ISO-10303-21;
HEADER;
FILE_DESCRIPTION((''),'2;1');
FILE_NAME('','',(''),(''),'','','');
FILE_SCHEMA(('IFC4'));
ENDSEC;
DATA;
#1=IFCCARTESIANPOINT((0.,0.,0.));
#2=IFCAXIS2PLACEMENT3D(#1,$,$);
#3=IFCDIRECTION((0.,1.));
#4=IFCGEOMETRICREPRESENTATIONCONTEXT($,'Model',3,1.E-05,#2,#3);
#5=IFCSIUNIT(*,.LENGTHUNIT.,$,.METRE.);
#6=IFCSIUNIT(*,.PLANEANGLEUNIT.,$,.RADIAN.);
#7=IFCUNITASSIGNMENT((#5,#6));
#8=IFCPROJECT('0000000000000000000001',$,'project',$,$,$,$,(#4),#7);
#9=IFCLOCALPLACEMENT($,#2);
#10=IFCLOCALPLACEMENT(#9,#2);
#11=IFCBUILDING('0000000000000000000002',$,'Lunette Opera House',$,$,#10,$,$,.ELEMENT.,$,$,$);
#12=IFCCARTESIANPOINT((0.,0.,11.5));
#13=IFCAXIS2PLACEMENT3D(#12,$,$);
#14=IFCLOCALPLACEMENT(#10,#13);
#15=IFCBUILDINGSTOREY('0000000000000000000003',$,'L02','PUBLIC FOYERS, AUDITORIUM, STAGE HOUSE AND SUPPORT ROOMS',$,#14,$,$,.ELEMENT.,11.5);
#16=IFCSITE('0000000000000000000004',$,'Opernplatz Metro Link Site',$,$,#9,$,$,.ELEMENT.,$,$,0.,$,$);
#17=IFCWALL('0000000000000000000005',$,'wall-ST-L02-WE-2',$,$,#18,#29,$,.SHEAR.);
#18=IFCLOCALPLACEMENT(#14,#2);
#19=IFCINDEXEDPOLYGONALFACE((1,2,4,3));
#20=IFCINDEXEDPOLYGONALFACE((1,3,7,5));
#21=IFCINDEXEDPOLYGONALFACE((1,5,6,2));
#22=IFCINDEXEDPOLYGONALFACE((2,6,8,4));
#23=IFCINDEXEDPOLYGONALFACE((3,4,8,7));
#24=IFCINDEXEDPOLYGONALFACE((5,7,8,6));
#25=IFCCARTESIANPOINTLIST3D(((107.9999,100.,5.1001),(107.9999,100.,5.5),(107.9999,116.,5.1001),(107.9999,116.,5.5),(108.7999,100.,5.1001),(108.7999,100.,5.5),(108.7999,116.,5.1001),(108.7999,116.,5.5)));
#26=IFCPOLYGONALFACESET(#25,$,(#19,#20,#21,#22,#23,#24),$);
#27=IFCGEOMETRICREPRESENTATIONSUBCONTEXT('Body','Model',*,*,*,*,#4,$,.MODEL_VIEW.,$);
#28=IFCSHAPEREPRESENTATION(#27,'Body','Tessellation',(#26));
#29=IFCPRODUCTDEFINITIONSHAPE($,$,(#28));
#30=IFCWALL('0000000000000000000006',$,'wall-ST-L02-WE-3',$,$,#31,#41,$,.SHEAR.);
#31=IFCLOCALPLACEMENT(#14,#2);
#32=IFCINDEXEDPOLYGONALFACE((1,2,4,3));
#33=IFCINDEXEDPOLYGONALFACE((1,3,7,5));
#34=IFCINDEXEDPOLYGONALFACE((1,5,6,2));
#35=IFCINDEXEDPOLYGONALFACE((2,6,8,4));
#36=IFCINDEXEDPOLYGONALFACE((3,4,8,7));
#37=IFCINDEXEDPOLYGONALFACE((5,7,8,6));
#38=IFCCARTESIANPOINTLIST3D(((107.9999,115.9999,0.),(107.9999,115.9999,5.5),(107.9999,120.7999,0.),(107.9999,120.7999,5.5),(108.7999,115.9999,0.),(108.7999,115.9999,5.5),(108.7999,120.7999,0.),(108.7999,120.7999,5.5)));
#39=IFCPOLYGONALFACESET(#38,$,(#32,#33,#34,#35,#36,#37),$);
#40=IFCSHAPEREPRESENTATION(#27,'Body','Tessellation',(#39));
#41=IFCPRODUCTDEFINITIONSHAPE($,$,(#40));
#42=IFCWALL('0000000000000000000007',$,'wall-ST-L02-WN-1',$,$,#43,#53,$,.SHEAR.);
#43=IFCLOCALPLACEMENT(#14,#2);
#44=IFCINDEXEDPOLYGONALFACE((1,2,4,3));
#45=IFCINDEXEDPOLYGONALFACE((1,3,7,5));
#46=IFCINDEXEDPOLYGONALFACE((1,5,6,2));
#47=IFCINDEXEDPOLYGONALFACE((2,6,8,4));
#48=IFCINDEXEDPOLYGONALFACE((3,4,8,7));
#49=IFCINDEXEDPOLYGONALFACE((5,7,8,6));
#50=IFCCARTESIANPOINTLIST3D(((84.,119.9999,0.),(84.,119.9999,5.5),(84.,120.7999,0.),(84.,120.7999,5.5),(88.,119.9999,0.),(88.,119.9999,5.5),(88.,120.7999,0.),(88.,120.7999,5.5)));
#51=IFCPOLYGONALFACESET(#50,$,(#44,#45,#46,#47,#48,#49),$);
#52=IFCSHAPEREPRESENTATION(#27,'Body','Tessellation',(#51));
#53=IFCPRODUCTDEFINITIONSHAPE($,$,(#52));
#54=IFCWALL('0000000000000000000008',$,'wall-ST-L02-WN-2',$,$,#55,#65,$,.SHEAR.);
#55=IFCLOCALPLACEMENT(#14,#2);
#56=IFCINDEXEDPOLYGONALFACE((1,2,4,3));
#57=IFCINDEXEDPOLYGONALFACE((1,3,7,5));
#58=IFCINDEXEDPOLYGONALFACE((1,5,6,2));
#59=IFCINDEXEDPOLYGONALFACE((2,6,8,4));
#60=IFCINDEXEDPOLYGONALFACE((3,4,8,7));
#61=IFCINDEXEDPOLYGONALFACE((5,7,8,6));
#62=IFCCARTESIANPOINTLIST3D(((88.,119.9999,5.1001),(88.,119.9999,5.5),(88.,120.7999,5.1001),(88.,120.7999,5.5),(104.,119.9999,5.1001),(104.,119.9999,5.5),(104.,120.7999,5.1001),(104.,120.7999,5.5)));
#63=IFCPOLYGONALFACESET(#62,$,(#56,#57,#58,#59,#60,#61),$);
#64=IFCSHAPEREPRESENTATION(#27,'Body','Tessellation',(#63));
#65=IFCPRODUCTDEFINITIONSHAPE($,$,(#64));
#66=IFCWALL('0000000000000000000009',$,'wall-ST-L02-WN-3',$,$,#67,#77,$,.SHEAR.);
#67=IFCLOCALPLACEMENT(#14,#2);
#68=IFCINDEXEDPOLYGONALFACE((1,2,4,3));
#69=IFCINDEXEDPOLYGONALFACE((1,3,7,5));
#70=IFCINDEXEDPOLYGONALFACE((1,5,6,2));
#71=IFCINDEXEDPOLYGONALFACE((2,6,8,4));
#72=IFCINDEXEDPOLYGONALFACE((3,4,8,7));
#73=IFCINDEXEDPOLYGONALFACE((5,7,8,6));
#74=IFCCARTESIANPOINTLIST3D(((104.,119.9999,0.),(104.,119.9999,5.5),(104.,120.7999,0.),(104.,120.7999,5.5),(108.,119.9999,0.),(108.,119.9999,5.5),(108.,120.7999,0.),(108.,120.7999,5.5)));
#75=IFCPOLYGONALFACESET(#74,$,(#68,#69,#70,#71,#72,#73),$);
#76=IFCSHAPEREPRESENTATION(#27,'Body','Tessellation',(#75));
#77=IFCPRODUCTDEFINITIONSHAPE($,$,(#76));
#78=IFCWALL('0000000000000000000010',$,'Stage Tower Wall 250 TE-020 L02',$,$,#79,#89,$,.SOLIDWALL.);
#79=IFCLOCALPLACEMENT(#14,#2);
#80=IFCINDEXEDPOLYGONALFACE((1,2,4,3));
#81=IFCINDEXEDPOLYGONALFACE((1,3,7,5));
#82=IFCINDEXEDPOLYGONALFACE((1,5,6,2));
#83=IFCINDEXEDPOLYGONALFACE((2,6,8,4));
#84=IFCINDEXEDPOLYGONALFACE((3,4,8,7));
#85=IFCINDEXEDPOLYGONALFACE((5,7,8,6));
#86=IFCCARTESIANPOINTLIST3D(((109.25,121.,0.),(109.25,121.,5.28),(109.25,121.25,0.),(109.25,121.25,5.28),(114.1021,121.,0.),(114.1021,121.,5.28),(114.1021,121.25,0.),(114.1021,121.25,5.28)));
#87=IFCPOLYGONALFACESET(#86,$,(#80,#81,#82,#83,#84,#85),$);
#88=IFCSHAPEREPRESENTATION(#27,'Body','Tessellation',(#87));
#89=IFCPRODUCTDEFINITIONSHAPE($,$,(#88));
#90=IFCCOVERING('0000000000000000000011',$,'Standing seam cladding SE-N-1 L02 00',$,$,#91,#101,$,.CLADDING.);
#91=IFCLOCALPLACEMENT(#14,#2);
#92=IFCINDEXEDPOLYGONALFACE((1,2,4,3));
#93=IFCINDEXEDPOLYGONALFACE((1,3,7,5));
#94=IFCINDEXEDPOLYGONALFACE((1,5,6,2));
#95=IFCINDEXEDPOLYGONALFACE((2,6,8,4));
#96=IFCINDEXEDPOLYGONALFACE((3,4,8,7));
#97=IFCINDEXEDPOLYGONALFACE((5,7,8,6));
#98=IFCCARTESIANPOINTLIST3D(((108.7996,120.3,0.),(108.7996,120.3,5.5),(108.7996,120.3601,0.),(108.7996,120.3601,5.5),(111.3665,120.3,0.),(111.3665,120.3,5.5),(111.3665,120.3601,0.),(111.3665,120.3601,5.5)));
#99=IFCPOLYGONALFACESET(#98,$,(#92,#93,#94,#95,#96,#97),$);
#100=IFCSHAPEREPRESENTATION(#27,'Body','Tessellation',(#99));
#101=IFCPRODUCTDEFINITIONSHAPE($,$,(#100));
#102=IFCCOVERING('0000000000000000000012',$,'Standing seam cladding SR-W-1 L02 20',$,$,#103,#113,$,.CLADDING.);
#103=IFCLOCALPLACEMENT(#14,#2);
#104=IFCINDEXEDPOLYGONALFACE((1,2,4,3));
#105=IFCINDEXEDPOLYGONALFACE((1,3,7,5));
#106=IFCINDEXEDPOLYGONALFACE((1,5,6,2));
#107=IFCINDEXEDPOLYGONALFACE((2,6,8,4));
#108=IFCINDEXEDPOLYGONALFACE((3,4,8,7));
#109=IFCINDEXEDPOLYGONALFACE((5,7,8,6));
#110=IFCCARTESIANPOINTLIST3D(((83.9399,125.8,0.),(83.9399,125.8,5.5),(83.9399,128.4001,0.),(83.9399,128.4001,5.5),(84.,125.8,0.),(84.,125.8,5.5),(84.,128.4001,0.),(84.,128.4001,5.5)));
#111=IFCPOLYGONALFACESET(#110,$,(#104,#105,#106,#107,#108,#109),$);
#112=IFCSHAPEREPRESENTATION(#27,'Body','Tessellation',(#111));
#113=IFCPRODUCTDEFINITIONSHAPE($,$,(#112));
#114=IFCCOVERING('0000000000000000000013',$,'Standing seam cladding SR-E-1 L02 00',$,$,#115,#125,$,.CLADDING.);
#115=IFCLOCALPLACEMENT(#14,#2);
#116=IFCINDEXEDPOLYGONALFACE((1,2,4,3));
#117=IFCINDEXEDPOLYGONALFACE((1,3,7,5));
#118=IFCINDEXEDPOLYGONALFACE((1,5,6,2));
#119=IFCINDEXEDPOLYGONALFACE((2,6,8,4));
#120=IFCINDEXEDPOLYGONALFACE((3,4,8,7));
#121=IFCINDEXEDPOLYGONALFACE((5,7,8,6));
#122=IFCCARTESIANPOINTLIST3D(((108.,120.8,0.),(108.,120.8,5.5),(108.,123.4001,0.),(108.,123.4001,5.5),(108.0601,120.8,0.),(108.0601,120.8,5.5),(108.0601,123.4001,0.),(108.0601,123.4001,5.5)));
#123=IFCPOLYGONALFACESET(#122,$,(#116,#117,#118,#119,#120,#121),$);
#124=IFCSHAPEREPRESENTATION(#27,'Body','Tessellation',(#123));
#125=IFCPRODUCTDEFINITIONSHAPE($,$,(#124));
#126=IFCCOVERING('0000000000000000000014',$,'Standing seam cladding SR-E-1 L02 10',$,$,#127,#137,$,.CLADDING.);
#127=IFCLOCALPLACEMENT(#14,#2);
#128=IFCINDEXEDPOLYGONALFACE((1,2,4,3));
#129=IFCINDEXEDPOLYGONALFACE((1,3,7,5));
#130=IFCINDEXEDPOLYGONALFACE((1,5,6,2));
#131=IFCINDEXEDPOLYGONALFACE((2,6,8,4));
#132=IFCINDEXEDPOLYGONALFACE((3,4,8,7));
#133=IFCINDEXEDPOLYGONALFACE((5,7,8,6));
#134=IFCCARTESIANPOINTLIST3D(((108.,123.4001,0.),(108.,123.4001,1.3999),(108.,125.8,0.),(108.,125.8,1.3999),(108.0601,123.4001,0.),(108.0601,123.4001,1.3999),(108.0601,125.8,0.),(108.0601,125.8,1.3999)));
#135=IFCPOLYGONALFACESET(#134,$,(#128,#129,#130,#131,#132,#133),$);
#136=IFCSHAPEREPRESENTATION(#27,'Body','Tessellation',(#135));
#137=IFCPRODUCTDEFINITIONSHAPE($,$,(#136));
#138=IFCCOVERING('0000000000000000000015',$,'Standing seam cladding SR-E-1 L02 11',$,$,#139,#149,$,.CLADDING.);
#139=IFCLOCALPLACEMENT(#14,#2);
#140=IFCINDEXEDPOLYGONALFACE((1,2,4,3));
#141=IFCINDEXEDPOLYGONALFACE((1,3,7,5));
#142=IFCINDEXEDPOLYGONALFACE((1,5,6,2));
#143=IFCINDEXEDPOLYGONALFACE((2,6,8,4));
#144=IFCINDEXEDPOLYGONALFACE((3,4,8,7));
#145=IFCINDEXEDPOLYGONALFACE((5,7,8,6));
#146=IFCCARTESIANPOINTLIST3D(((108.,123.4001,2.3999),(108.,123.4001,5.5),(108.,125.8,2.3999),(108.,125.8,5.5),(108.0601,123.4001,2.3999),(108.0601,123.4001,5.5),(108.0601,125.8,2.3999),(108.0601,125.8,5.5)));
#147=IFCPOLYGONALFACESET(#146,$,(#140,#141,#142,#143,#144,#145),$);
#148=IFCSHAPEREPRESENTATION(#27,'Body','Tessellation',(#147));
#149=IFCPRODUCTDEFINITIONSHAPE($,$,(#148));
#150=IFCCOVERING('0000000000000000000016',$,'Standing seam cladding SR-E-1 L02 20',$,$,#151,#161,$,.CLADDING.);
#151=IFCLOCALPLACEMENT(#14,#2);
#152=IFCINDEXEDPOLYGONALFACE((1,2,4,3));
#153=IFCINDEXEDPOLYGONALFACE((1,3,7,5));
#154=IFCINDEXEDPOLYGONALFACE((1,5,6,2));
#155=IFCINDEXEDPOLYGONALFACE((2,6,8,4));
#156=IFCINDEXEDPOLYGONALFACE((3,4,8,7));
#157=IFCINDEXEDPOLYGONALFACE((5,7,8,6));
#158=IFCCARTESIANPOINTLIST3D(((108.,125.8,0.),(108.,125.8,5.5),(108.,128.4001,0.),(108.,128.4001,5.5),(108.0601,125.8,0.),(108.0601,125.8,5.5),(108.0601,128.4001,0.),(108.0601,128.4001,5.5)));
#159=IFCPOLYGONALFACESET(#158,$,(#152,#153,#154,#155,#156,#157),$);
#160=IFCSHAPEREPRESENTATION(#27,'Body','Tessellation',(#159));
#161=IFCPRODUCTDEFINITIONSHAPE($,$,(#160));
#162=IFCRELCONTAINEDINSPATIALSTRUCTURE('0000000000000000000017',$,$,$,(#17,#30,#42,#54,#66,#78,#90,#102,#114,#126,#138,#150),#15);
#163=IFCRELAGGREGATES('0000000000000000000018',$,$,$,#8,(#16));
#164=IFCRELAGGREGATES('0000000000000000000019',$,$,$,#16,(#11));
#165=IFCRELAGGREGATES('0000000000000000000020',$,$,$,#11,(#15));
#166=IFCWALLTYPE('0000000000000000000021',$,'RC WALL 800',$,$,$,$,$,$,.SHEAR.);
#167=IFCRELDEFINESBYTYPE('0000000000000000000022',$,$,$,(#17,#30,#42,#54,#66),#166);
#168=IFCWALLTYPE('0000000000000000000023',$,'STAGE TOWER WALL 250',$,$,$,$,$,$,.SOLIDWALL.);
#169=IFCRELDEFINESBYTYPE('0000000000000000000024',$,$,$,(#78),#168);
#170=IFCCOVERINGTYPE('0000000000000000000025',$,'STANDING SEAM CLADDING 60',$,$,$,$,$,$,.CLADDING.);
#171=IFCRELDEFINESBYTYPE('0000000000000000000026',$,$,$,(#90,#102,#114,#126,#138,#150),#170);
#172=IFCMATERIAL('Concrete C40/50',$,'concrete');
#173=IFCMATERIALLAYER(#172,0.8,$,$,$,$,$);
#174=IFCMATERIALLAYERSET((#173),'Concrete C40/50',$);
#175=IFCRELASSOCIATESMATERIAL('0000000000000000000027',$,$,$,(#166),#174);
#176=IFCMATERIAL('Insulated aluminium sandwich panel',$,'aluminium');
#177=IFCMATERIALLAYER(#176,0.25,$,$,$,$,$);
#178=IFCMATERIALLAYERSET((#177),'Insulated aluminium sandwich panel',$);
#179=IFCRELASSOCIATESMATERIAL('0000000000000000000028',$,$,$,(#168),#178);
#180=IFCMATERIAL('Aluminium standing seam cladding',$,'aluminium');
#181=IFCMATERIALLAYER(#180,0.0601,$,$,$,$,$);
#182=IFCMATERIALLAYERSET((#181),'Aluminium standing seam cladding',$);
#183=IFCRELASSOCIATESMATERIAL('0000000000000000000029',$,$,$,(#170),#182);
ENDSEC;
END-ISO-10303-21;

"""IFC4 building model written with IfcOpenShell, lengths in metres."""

from ifc_helpers import new_model, si_unit, direction, frame, frame_2d, origin, origin_2d, place, context, subcontext, project, spatial, rectangle, extrude, material, layer, layer_set, type_object, element, save


model = new_model("IFC4")

# Units and contexts
model_context = context("Model", 3, precision=1e-05, world=origin(), true_north=direction((0.0, 1.0)))
body_context = subcontext(model_context, "Body", "Model", "MODEL_VIEW")
ifc_project = project(units=[si_unit("LENGTHUNIT", "METRE"), si_unit("PLANEANGLEUNIT", "RADIAN")], contexts=[model_context])

# Site, building, storey
site_placement = place(None, origin())
site = spatial("IfcSite", under=ifc_project, at=site_placement, Name="Opernplatz Metro Link Site", CompositionType="ELEMENT", RefElevation=0.0)
building_placement = place(site_placement, origin())
building = spatial("IfcBuilding", under=site, at=building_placement, Name="Lunette Opera House", CompositionType="ELEMENT")
storey_placement = place(building_placement, frame((0.0, 0.0, 11.5)))
storey = spatial("IfcBuildingStorey", under=building, at=storey_placement, Name="L02", Description="PUBLIC FOYERS, AUDITORIUM, STAGE HOUSE AND SUPPORT ROOMS", CompositionType="ELEMENT", Elevation=11.5)

# Walls
ifc_material_1 = material(Name="Concrete C40/50", Category="concrete")
ifc_layer_1 = layer(ifc_material_1, 0.8)
ifc_layer_set_1 = layer_set([ifc_layer_1], Name="Concrete C40/50")
wall_type_1 = type_object("IfcWallType", Name="RC WALL 800", PredefinedType="SHEAR", material=ifc_layer_set_1)
wall_1_placement = place(storey_placement, frame((108.3999, 100.0, 5.1001), z_axis=(0.0, 0.0, 1.0), x_axis=(0.0, 1.0, 0.0)))
element("IfcWall", 1, at=wall_1_placement, inside=storey, type_object=wall_type_1, Name="wall-ST-L02-WE-2", PredefinedType="SHEAR", context=body_context, shape_type="SweptSolid", body=[
    extrude(rectangle(XDim=16.0, YDim=0.8, at=frame_2d((8.0, 0.0))), origin(), (0.0, 0.0, 1.0), 0.3999),
])
wall_2_placement = place(storey_placement, frame((108.3999, 116.0, 0.0), z_axis=(0.0, 0.0, 1.0), x_axis=(0.0, 1.0, 0.0)))
element("IfcWall", 2, at=wall_2_placement, inside=storey, type_object=wall_type_1, Name="wall-ST-L02-WE-3", PredefinedType="SHEAR", context=body_context, shape_type="SweptSolid", body=[
    extrude(rectangle(XDim=4.8, YDim=0.8, at=frame_2d((2.3999, 0.0))), origin(), (0.0, 0.0, 1.0), 5.5),
])
wall_3_placement = place(storey_placement, frame((84.0, 120.3999, 0.0), z_axis=(0.0, 0.0, 1.0), x_axis=(1.0, 0.0, 0.0)))
element("IfcWall", 3, at=wall_3_placement, inside=storey, type_object=wall_type_1, Name="wall-ST-L02-WN-1", PredefinedType="SHEAR", context=body_context, shape_type="SweptSolid", body=[
    extrude(rectangle(XDim=4.0, YDim=0.8, at=frame_2d((2.0, 0.0))), origin(), (0.0, 0.0, 1.0), 5.5),
])
wall_4_placement = place(storey_placement, frame((88.0, 120.3999, 5.1001), z_axis=(0.0, 0.0, 1.0), x_axis=(1.0, 0.0, 0.0)))
element("IfcWall", 4, at=wall_4_placement, inside=storey, type_object=wall_type_1, Name="wall-ST-L02-WN-2", PredefinedType="SHEAR", context=body_context, shape_type="SweptSolid", body=[
    extrude(rectangle(XDim=16.0, YDim=0.8, at=frame_2d((8.0, 0.0))), origin(), (0.0, 0.0, 1.0), 0.3999),
])
wall_5_placement = place(storey_placement, frame((104.0, 120.3999, 0.0), z_axis=(0.0, 0.0, 1.0), x_axis=(1.0, 0.0, 0.0)))
element("IfcWall", 5, at=wall_5_placement, inside=storey, type_object=wall_type_1, Name="wall-ST-L02-WN-3", PredefinedType="SHEAR", context=body_context, shape_type="SweptSolid", body=[
    extrude(rectangle(XDim=4.0, YDim=0.8, at=frame_2d((2.0, 0.0))), origin(), (0.0, 0.0, 1.0), 5.5),
])
ifc_material_2 = material(Name="Insulated aluminium sandwich panel", Category="aluminium")
ifc_layer_2 = layer(ifc_material_2, 0.25)
ifc_layer_set_2 = layer_set([ifc_layer_2], Name="Insulated aluminium sandwich panel")
wall_type_2 = type_object("IfcWallType", Name="STAGE TOWER WALL 250", PredefinedType="SOLIDWALL", material=ifc_layer_set_2)
wall_6_placement = place(storey_placement, frame((109.25, 121.125, 0.0), z_axis=(0.0, 0.0, 1.0), x_axis=(1.0, 0.0, 0.0)))
element("IfcWall", 6, at=wall_6_placement, inside=storey, type_object=wall_type_2, Name="Stage Tower Wall 250 TE-020 L02", PredefinedType="SOLIDWALL", context=body_context, shape_type="SweptSolid", body=[
    extrude(rectangle(XDim=4.8521, YDim=0.25, at=frame_2d((2.426, 0.0))), origin(), (0.0, 0.0, 1.0), 5.28),
])

# Coverings
ifc_material_3 = material(Name="Aluminium standing seam cladding", Category="aluminium")
ifc_layer_3 = layer(ifc_material_3, 0.0601)
ifc_layer_set_3 = layer_set([ifc_layer_3], Name="Aluminium standing seam cladding")
covering_type = type_object("IfcCoveringType", Name="STANDING SEAM CLADDING 60", PredefinedType="CLADDING", material=ifc_layer_set_3)
covering_1_placement = place(storey_placement, frame((110.083, 120.3301, 0.0), z_axis=(0.0, 0.0, 1.0), x_axis=(1.0, 0.0, 0.0)))
element("IfcCovering", 7, at=covering_1_placement, inside=storey, type_object=covering_type, Name="Standing seam cladding SE-N-1 L02 00", PredefinedType="CLADDING", context=body_context, shape_type="SweptSolid", body=[
    extrude(rectangle(XDim=2.5669, YDim=0.0601, at=origin_2d()), origin(), (0.0, 0.0, 1.0), 5.5),
])
for number, where, z_axis, x_axis, name in (
    (8, (83.97, 127.1001, 0.0), (0.0, 0.0, 1.0), (0.0, 1.0, 0.0), "Standing seam cladding SR-W-1 L02 20"),
    (9, (108.03, 122.1001, 0.0), (0.0, 0.0, 1.0), (0.0, 1.0, 0.0), "Standing seam cladding SR-E-1 L02 00"),
):
    element("IfcCovering", number, at=place(storey_placement, frame(where, z_axis=z_axis, x_axis=x_axis)), inside=storey, type_object=covering_type, Name=name, PredefinedType="CLADDING", context=body_context, shape_type="SweptSolid", body=[
        extrude(rectangle(XDim=2.6001, YDim=0.0601, at=origin_2d()), origin(), (0.0, 0.0, 1.0), 5.5),
    ])
covering_2_placement = place(storey_placement, frame((108.03, 124.6001, 0.0), z_axis=(0.0, 0.0, 1.0), x_axis=(0.0, 1.0, 0.0)))
element("IfcCovering", 10, at=covering_2_placement, inside=storey, type_object=covering_type, Name="Standing seam cladding SR-E-1 L02 10", PredefinedType="CLADDING", context=body_context, shape_type="SweptSolid", body=[
    extrude(rectangle(XDim=2.3999, YDim=0.0601, at=origin_2d()), origin(), (0.0, 0.0, 1.0), 1.3999),
])
covering_3_placement = place(storey_placement, frame((108.03, 124.6001, 2.3999), z_axis=(0.0, 0.0, 1.0), x_axis=(0.0, 1.0, 0.0)))
element("IfcCovering", 11, at=covering_3_placement, inside=storey, type_object=covering_type, Name="Standing seam cladding SR-E-1 L02 11", PredefinedType="CLADDING", context=body_context, shape_type="SweptSolid", body=[
    extrude(rectangle(XDim=2.3999, YDim=0.0601, at=origin_2d()), origin(), (0.0, 0.0, 1.0), 3.1001),
])
covering_4_placement = place(storey_placement, frame((108.03, 127.1001, 0.0), z_axis=(0.0, 0.0, 1.0), x_axis=(0.0, 1.0, 0.0)))
element("IfcCovering", 12, at=covering_4_placement, inside=storey, type_object=covering_type, Name="Standing seam cladding SR-E-1 L02 20", PredefinedType="CLADDING", context=body_context, shape_type="SweptSolid", body=[
    extrude(rectangle(XDim=2.6001, YDim=0.0601, at=origin_2d()), origin(), (0.0, 0.0, 1.0), 5.5),
])

save(model, "model.ifc")
